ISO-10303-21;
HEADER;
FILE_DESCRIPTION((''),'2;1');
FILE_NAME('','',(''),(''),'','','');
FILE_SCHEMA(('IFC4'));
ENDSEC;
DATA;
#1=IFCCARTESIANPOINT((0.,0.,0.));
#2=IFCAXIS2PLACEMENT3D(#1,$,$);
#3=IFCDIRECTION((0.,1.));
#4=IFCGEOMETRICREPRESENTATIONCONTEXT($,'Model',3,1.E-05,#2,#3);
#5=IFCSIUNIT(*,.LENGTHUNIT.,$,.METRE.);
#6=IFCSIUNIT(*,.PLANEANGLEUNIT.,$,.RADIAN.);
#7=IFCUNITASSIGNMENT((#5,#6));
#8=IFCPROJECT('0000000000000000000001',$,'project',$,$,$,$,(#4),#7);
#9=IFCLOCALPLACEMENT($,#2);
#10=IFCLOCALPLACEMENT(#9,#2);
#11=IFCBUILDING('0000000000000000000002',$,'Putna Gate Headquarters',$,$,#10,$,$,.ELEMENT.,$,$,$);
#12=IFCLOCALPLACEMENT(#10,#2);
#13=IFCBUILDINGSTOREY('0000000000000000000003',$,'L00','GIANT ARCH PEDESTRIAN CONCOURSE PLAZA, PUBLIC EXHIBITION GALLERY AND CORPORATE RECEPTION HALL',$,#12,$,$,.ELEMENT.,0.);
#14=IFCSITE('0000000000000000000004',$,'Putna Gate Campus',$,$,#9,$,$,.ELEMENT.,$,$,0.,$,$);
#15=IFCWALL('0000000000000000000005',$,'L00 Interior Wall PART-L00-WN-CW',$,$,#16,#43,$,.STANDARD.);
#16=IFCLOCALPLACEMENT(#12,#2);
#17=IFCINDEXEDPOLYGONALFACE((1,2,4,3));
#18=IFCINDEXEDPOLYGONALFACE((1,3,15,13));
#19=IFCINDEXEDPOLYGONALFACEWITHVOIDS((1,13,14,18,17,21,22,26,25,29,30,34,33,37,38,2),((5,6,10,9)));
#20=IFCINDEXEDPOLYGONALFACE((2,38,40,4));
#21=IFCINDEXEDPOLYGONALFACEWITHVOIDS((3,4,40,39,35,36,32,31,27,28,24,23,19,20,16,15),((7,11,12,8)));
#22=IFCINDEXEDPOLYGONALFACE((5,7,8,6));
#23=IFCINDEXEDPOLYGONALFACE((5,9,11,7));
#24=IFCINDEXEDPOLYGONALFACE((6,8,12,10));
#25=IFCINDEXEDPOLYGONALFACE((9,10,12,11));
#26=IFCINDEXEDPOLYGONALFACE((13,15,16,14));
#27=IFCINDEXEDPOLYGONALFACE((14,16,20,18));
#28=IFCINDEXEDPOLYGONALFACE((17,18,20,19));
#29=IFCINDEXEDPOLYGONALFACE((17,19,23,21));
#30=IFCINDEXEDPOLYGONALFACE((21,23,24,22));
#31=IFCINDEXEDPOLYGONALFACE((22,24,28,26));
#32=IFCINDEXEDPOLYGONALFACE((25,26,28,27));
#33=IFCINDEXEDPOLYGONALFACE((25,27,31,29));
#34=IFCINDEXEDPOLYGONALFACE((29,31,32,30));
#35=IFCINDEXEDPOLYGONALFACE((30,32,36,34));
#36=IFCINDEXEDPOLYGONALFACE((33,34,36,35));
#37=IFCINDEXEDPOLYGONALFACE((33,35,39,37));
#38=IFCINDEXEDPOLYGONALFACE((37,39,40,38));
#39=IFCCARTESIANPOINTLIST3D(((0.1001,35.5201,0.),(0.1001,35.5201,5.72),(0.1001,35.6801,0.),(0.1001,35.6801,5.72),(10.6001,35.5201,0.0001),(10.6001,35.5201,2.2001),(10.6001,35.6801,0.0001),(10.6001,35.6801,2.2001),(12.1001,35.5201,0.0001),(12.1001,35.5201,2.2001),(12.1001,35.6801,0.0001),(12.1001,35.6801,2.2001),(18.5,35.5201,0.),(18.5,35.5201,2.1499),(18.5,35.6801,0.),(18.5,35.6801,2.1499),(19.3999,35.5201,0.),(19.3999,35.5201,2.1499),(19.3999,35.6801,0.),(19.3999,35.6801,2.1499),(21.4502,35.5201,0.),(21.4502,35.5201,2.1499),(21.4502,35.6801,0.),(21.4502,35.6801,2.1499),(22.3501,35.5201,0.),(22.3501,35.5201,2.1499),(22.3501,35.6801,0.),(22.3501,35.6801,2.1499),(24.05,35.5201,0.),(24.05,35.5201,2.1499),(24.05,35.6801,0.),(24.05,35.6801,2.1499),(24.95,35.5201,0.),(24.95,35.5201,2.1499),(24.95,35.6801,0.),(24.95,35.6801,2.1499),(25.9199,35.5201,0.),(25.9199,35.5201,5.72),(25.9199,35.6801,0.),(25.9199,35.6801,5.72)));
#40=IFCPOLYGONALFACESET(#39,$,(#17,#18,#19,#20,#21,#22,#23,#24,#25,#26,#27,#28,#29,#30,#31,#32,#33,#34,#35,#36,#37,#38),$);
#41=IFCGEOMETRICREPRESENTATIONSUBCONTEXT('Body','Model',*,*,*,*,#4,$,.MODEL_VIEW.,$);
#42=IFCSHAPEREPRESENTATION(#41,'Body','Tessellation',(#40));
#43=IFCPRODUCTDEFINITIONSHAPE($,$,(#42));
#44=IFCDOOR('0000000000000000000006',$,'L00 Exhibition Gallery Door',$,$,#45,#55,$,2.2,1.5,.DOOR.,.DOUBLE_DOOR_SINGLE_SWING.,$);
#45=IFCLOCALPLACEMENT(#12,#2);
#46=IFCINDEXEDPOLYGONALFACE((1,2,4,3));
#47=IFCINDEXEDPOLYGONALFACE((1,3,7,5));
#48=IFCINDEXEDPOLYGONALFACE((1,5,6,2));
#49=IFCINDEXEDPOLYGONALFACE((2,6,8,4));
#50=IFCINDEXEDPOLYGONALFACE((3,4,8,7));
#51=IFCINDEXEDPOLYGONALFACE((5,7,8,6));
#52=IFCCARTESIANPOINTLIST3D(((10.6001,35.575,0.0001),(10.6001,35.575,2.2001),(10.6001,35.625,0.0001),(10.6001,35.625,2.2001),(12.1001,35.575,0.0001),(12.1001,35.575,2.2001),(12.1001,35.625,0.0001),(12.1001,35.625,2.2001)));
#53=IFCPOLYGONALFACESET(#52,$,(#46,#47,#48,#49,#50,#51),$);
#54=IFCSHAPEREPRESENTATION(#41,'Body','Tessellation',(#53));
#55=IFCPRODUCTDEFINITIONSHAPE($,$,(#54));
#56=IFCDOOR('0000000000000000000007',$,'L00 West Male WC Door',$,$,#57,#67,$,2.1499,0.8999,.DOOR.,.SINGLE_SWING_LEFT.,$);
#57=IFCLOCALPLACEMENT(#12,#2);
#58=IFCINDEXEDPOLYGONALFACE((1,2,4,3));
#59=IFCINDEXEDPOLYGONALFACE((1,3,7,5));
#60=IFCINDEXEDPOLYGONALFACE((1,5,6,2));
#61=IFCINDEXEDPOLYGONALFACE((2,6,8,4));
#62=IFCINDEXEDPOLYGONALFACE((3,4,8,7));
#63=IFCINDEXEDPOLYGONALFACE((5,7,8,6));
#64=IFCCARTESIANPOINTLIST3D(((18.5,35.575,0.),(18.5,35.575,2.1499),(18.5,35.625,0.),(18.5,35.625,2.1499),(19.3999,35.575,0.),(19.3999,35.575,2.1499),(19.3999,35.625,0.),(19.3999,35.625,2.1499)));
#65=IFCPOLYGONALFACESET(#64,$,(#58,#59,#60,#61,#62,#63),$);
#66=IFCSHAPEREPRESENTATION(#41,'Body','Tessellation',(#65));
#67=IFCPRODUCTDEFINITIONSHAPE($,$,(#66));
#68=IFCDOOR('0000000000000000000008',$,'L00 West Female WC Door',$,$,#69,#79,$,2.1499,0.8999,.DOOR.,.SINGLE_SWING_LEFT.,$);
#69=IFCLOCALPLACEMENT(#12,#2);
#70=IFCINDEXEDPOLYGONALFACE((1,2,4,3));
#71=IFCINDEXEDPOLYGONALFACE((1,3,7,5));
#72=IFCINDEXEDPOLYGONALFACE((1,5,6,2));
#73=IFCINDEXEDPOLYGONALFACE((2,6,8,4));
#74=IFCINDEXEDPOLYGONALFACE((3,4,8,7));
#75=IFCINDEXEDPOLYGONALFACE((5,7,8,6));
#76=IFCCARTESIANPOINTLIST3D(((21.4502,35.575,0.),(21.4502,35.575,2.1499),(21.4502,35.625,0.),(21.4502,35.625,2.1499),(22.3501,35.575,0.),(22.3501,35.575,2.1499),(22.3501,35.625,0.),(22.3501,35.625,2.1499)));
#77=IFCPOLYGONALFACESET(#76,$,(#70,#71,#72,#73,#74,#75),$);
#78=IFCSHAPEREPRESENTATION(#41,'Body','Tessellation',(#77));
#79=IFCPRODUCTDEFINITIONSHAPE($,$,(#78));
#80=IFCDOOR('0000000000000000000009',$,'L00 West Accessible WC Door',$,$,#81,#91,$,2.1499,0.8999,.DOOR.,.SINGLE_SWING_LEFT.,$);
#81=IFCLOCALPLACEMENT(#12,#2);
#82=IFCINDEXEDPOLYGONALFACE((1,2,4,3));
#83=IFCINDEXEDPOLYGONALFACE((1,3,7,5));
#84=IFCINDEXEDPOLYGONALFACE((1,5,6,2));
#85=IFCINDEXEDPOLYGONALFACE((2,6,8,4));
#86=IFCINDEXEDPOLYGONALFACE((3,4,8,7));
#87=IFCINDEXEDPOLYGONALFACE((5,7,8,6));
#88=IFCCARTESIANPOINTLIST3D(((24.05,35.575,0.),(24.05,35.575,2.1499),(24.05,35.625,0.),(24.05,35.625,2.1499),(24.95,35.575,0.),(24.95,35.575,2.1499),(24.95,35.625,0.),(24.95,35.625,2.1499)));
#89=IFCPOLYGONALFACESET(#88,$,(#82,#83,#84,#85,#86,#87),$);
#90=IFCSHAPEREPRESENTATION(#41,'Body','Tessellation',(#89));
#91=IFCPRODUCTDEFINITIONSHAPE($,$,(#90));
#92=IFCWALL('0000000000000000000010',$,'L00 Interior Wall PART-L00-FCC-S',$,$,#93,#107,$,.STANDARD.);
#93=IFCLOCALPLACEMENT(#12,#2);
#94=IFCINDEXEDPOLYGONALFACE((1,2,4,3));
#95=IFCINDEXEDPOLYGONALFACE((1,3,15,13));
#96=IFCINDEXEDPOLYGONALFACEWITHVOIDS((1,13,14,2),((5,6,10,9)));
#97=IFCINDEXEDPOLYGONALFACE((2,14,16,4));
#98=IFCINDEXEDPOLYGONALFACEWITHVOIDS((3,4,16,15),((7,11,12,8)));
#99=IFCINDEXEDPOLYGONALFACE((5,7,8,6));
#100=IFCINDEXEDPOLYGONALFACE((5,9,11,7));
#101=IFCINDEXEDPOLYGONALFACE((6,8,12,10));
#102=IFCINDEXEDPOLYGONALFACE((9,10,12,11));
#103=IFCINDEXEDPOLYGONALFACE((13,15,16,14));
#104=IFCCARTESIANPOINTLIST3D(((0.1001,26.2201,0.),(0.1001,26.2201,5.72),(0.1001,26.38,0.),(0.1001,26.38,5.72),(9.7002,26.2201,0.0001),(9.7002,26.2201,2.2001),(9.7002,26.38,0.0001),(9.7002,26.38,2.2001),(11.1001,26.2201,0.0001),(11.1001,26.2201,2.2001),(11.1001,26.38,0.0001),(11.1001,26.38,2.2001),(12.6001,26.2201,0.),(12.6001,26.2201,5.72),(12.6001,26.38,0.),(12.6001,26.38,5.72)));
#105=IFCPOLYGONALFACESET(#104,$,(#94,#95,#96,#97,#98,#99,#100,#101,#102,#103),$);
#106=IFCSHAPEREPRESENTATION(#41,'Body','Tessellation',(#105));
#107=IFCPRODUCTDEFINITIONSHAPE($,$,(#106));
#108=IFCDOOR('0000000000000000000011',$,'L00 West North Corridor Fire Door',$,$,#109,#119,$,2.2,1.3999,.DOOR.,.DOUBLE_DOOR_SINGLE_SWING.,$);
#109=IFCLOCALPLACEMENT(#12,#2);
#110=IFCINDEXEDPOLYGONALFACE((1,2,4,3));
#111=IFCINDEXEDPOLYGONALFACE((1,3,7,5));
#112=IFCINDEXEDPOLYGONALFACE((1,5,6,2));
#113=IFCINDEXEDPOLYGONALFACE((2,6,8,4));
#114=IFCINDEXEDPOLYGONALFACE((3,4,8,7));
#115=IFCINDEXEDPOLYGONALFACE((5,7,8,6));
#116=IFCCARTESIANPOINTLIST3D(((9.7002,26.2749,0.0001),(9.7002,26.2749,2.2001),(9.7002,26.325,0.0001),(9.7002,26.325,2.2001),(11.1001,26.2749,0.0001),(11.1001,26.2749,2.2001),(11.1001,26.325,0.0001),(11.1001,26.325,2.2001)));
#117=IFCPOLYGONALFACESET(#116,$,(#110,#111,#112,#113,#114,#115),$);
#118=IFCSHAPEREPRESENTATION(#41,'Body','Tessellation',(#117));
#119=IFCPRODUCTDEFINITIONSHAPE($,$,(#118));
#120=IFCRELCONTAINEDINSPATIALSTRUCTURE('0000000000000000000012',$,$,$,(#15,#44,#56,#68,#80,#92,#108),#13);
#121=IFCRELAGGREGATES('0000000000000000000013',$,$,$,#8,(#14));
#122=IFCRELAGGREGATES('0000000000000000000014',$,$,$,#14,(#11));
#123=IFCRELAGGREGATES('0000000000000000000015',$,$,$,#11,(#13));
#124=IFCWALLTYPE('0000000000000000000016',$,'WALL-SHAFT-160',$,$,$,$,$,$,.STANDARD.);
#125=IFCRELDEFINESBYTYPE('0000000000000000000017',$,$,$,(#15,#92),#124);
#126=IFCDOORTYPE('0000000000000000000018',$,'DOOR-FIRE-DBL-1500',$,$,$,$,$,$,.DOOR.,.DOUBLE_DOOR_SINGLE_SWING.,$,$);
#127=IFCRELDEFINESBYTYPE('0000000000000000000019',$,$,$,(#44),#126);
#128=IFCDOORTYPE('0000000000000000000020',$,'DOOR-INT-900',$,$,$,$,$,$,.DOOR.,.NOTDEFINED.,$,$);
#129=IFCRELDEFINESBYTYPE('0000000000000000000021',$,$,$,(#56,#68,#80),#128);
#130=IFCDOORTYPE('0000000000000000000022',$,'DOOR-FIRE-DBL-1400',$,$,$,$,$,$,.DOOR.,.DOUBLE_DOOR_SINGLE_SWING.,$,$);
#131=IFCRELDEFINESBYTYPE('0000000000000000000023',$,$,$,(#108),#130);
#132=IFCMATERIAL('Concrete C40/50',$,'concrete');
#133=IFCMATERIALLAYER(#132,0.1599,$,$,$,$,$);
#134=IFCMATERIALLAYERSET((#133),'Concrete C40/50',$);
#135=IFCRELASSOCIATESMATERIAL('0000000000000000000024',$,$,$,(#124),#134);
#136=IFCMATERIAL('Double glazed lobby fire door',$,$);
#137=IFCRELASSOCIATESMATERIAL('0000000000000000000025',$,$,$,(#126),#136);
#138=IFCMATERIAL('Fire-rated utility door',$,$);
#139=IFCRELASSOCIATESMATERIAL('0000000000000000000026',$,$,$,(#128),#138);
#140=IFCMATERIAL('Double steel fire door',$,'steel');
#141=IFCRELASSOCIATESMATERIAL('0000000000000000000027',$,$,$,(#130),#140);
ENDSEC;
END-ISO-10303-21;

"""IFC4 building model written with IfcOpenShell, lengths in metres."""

from ifc_helpers import new_model, si_unit, direction, frame, frame_2d, origin, place, context, subcontext, project, spatial, rectangle, extrude, material, layer, layer_set, type_object, element, fill, save


model = new_model("IFC4")

# Units and contexts
model_context = context("Model", 3, precision=1e-05, world=origin(), true_north=direction((0.0, 1.0)))
body_context = subcontext(model_context, "Body", "Model", "MODEL_VIEW")
ifc_project = project(units=[si_unit("LENGTHUNIT", "METRE"), si_unit("PLANEANGLEUNIT", "RADIAN")], contexts=[model_context])

# Site, building, storey
site_placement = place(None, origin())
site = spatial("IfcSite", under=ifc_project, at=site_placement, Name="Putna Gate Campus", CompositionType="ELEMENT", RefElevation=0.0)
building_placement = place(site_placement, origin())
building = spatial("IfcBuilding", under=site, at=building_placement, Name="Putna Gate Headquarters", CompositionType="ELEMENT")
storey_placement = place(building_placement, origin())
storey = spatial("IfcBuildingStorey", under=building, at=storey_placement, Name="L00", Description="GIANT ARCH PEDESTRIAN CONCOURSE PLAZA, PUBLIC EXHIBITION GALLERY AND CORPORATE RECEPTION HALL", CompositionType="ELEMENT", Elevation=0.0)

# Shared definitions
ifc_material_1 = material(Name="Concrete C40/50", Category="concrete")
ifc_layer = layer(ifc_material_1, 0.1599)
ifc_layer_set = layer_set([ifc_layer], Name="Concrete C40/50")
wall_type = type_object("IfcWallType", Name="WALL-SHAFT-160", PredefinedType="STANDARD", material=ifc_layer_set)

# Wall, openings, doors
wall_1_placement = place(storey_placement, frame((0.1001, 35.6001, 0.0), z_axis=(0.0, 0.0, 1.0), x_axis=(1.0, 0.0, 0.0)))
wall_1 = element("IfcWall", 1, at=wall_1_placement, inside=storey, type_object=wall_type, Name="L00 Interior Wall PART-L00-WN-CW", PredefinedType="STANDARD", context=body_context, shape_type="SweptSolid", body=[
    extrude(rectangle(XDim=25.8198, YDim=0.1599, at=frame_2d((12.9099, 0.0))), origin(), (0.0, 0.0, 1.0), 5.72),
])
opening_1_placement = place(wall_1_placement, frame((10.5, 0.0, 0.0)))
opening_1 = element("IfcOpeningElement", 2, at=opening_1_placement, cuts=wall_1, PredefinedType="OPENING", context=body_context, shape_type="SweptSolid", body=[
    extrude(rectangle(XDim=1.5, YDim=2.2, at=frame_2d((0.75, 1.1001))), frame((0.0, 0.0898, 0.0), z_axis=(0.0, -1.0, 0.0), x_axis=(1.0, 0.0, 0.0)), (0.0, 0.0, 1.0), 0.1799),
])
opening_2_placement = place(wall_1_placement, frame((18.3999, 0.0, 0.0)))
opening_2 = element("IfcOpeningElement", 3, at=opening_2_placement, cuts=wall_1, PredefinedType="OPENING", context=body_context, shape_type="SweptSolid", body=[
    extrude(rectangle(XDim=0.8999, YDim=2.1499, at=frame_2d((0.45, 1.075))), frame((0.0, 0.0898, 0.0), z_axis=(0.0, -1.0, 0.0), x_axis=(1.0, 0.0, 0.0)), (0.0, 0.0, 1.0), 0.1799),
])
opening_3_placement = place(wall_1_placement, frame((21.3501, 0.0, 0.0)))
opening_3 = element("IfcOpeningElement", 4, at=opening_3_placement, cuts=wall_1, PredefinedType="OPENING", context=body_context, shape_type="SweptSolid", body=[
    extrude(rectangle(XDim=0.8999, YDim=2.1499, at=frame_2d((0.45, 1.075))), frame((0.0, 0.0898, 0.0), z_axis=(0.0, -1.0, 0.0), x_axis=(1.0, 0.0, 0.0)), (0.0, 0.0, 1.0), 0.1799),
])
opening_4_placement = place(wall_1_placement, frame((23.95, 0.0, 0.0)))
opening_4 = element("IfcOpeningElement", 5, at=opening_4_placement, cuts=wall_1, PredefinedType="OPENING", context=body_context, shape_type="SweptSolid", body=[
    extrude(rectangle(XDim=0.8999, YDim=2.1499, at=frame_2d((0.45, 1.075))), frame((0.0, 0.0898, 0.0), z_axis=(0.0, -1.0, 0.0), x_axis=(1.0, 0.0, 0.0)), (0.0, 0.0, 1.0), 0.1799),
])
ifc_material_2 = material(Name="Double glazed lobby fire door")
door_type_1 = type_object("IfcDoorType", Name="DOOR-FIRE-DBL-1500", OperationType="DOUBLE_DOOR_SINGLE_SWING", PredefinedType="DOOR", material=ifc_material_2)
door_1_placement = place(opening_1_placement, origin())
door_1 = element("IfcDoor", 6, at=door_1_placement, inside=storey, type_object=door_type_1, Name="L00 Exhibition Gallery Door", OperationType="DOUBLE_DOOR_SINGLE_SWING", OverallHeight=2.2, OverallWidth=1.5, PredefinedType="DOOR", context=body_context, shape_type="SweptSolid", body=[
    extrude(rectangle(XDim=1.5, YDim=2.2, at=frame_2d((0.75, 1.1001))), frame((0.0, 0.0249, 0.0), z_axis=(0.0, -1.0, 0.0), x_axis=(1.0, 0.0, 0.0)), (0.0, 0.0, 1.0), 0.05),
])
fill(opening_1, door_1)
ifc_material_3 = material(Name="Fire-rated utility door")
door_type_2 = type_object("IfcDoorType", Name="DOOR-INT-900", OperationType="NOTDEFINED", PredefinedType="DOOR", material=ifc_material_3)
door_2_placement = place(opening_2_placement, origin())
door_2 = element("IfcDoor", 7, at=door_2_placement, inside=storey, type_object=door_type_2, Name="L00 West Male WC Door", OperationType="SINGLE_SWING_LEFT", OverallHeight=2.1499, OverallWidth=0.8999, PredefinedType="DOOR", context=body_context, shape_type="SweptSolid", body=[
    extrude(rectangle(XDim=0.8999, YDim=2.1499, at=frame_2d((0.45, 1.075))), frame((0.0, 0.0249, 0.0), z_axis=(0.0, -1.0, 0.0), x_axis=(1.0, 0.0, 0.0)), (0.0, 0.0, 1.0), 0.05),
])
fill(opening_2, door_2)
door_3_placement = place(opening_3_placement, origin())
door_3 = element("IfcDoor", 8, at=door_3_placement, inside=storey, type_object=door_type_2, Name="L00 West Female WC Door", OperationType="SINGLE_SWING_LEFT", OverallHeight=2.1499, OverallWidth=0.8999, PredefinedType="DOOR", context=body_context, shape_type="SweptSolid", body=[
    extrude(rectangle(XDim=0.8999, YDim=2.1499, at=frame_2d((0.45, 1.075))), frame((0.0, 0.0249, 0.0), z_axis=(0.0, -1.0, 0.0), x_axis=(1.0, 0.0, 0.0)), (0.0, 0.0, 1.0), 0.05),
])
fill(opening_3, door_3)
door_4_placement = place(opening_4_placement, origin())
door_4 = element("IfcDoor", 9, at=door_4_placement, inside=storey, type_object=door_type_2, Name="L00 West Accessible WC Door", OperationType="SINGLE_SWING_LEFT", OverallHeight=2.1499, OverallWidth=0.8999, PredefinedType="DOOR", context=body_context, shape_type="SweptSolid", body=[
    extrude(rectangle(XDim=0.8999, YDim=2.1499, at=frame_2d((0.45, 1.075))), frame((0.0, 0.0249, 0.0), z_axis=(0.0, -1.0, 0.0), x_axis=(1.0, 0.0, 0.0)), (0.0, 0.0, 1.0), 0.05),
])
fill(opening_4, door_4)

# Wall, opening, door
wall_2_placement = place(storey_placement, frame((0.1001, 26.3, 0.0), z_axis=(0.0, 0.0, 1.0), x_axis=(1.0, 0.0, 0.0)))
wall_2 = element("IfcWall", 10, at=wall_2_placement, inside=storey, type_object=wall_type, Name="L00 Interior Wall PART-L00-FCC-S", PredefinedType="STANDARD", context=body_context, shape_type="SweptSolid", body=[
    extrude(rectangle(XDim=12.5, YDim=0.1599, at=frame_2d((6.25, 0.0))), origin(), (0.0, 0.0, 1.0), 5.72),
])
opening_5_placement = place(wall_2_placement, frame((9.6001, 0.0, 0.0)))
opening_5 = element("IfcOpeningElement", 11, at=opening_5_placement, cuts=wall_2, PredefinedType="OPENING", context=body_context, shape_type="SweptSolid", body=[
    extrude(rectangle(XDim=1.3999, YDim=2.2, at=frame_2d((0.7, 1.1001))), frame((0.0, 0.0898, 0.0), z_axis=(0.0, -1.0, 0.0), x_axis=(1.0, 0.0, 0.0)), (0.0, 0.0, 1.0), 0.1799),
])
ifc_material_4 = material(Name="Double steel fire door", Category="steel")
door_type_3 = type_object("IfcDoorType", Name="DOOR-FIRE-DBL-1400", OperationType="DOUBLE_DOOR_SINGLE_SWING", PredefinedType="DOOR", material=ifc_material_4)
door_5_placement = place(opening_5_placement, origin())
door_5 = element("IfcDoor", 12, at=door_5_placement, inside=storey, type_object=door_type_3, Name="L00 West North Corridor Fire Door", OperationType="DOUBLE_DOOR_SINGLE_SWING", OverallHeight=2.2, OverallWidth=1.3999, PredefinedType="DOOR", context=body_context, shape_type="SweptSolid", body=[
    extrude(rectangle(XDim=1.3999, YDim=2.2, at=frame_2d((0.7, 1.1001))), frame((0.0, 0.0249, 0.0), z_axis=(0.0, -1.0, 0.0), x_axis=(1.0, 0.0, 0.0)), (0.0, 0.0, 1.0), 0.05),
])
fill(opening_5, door_5)

save(model, "model.ifc")
